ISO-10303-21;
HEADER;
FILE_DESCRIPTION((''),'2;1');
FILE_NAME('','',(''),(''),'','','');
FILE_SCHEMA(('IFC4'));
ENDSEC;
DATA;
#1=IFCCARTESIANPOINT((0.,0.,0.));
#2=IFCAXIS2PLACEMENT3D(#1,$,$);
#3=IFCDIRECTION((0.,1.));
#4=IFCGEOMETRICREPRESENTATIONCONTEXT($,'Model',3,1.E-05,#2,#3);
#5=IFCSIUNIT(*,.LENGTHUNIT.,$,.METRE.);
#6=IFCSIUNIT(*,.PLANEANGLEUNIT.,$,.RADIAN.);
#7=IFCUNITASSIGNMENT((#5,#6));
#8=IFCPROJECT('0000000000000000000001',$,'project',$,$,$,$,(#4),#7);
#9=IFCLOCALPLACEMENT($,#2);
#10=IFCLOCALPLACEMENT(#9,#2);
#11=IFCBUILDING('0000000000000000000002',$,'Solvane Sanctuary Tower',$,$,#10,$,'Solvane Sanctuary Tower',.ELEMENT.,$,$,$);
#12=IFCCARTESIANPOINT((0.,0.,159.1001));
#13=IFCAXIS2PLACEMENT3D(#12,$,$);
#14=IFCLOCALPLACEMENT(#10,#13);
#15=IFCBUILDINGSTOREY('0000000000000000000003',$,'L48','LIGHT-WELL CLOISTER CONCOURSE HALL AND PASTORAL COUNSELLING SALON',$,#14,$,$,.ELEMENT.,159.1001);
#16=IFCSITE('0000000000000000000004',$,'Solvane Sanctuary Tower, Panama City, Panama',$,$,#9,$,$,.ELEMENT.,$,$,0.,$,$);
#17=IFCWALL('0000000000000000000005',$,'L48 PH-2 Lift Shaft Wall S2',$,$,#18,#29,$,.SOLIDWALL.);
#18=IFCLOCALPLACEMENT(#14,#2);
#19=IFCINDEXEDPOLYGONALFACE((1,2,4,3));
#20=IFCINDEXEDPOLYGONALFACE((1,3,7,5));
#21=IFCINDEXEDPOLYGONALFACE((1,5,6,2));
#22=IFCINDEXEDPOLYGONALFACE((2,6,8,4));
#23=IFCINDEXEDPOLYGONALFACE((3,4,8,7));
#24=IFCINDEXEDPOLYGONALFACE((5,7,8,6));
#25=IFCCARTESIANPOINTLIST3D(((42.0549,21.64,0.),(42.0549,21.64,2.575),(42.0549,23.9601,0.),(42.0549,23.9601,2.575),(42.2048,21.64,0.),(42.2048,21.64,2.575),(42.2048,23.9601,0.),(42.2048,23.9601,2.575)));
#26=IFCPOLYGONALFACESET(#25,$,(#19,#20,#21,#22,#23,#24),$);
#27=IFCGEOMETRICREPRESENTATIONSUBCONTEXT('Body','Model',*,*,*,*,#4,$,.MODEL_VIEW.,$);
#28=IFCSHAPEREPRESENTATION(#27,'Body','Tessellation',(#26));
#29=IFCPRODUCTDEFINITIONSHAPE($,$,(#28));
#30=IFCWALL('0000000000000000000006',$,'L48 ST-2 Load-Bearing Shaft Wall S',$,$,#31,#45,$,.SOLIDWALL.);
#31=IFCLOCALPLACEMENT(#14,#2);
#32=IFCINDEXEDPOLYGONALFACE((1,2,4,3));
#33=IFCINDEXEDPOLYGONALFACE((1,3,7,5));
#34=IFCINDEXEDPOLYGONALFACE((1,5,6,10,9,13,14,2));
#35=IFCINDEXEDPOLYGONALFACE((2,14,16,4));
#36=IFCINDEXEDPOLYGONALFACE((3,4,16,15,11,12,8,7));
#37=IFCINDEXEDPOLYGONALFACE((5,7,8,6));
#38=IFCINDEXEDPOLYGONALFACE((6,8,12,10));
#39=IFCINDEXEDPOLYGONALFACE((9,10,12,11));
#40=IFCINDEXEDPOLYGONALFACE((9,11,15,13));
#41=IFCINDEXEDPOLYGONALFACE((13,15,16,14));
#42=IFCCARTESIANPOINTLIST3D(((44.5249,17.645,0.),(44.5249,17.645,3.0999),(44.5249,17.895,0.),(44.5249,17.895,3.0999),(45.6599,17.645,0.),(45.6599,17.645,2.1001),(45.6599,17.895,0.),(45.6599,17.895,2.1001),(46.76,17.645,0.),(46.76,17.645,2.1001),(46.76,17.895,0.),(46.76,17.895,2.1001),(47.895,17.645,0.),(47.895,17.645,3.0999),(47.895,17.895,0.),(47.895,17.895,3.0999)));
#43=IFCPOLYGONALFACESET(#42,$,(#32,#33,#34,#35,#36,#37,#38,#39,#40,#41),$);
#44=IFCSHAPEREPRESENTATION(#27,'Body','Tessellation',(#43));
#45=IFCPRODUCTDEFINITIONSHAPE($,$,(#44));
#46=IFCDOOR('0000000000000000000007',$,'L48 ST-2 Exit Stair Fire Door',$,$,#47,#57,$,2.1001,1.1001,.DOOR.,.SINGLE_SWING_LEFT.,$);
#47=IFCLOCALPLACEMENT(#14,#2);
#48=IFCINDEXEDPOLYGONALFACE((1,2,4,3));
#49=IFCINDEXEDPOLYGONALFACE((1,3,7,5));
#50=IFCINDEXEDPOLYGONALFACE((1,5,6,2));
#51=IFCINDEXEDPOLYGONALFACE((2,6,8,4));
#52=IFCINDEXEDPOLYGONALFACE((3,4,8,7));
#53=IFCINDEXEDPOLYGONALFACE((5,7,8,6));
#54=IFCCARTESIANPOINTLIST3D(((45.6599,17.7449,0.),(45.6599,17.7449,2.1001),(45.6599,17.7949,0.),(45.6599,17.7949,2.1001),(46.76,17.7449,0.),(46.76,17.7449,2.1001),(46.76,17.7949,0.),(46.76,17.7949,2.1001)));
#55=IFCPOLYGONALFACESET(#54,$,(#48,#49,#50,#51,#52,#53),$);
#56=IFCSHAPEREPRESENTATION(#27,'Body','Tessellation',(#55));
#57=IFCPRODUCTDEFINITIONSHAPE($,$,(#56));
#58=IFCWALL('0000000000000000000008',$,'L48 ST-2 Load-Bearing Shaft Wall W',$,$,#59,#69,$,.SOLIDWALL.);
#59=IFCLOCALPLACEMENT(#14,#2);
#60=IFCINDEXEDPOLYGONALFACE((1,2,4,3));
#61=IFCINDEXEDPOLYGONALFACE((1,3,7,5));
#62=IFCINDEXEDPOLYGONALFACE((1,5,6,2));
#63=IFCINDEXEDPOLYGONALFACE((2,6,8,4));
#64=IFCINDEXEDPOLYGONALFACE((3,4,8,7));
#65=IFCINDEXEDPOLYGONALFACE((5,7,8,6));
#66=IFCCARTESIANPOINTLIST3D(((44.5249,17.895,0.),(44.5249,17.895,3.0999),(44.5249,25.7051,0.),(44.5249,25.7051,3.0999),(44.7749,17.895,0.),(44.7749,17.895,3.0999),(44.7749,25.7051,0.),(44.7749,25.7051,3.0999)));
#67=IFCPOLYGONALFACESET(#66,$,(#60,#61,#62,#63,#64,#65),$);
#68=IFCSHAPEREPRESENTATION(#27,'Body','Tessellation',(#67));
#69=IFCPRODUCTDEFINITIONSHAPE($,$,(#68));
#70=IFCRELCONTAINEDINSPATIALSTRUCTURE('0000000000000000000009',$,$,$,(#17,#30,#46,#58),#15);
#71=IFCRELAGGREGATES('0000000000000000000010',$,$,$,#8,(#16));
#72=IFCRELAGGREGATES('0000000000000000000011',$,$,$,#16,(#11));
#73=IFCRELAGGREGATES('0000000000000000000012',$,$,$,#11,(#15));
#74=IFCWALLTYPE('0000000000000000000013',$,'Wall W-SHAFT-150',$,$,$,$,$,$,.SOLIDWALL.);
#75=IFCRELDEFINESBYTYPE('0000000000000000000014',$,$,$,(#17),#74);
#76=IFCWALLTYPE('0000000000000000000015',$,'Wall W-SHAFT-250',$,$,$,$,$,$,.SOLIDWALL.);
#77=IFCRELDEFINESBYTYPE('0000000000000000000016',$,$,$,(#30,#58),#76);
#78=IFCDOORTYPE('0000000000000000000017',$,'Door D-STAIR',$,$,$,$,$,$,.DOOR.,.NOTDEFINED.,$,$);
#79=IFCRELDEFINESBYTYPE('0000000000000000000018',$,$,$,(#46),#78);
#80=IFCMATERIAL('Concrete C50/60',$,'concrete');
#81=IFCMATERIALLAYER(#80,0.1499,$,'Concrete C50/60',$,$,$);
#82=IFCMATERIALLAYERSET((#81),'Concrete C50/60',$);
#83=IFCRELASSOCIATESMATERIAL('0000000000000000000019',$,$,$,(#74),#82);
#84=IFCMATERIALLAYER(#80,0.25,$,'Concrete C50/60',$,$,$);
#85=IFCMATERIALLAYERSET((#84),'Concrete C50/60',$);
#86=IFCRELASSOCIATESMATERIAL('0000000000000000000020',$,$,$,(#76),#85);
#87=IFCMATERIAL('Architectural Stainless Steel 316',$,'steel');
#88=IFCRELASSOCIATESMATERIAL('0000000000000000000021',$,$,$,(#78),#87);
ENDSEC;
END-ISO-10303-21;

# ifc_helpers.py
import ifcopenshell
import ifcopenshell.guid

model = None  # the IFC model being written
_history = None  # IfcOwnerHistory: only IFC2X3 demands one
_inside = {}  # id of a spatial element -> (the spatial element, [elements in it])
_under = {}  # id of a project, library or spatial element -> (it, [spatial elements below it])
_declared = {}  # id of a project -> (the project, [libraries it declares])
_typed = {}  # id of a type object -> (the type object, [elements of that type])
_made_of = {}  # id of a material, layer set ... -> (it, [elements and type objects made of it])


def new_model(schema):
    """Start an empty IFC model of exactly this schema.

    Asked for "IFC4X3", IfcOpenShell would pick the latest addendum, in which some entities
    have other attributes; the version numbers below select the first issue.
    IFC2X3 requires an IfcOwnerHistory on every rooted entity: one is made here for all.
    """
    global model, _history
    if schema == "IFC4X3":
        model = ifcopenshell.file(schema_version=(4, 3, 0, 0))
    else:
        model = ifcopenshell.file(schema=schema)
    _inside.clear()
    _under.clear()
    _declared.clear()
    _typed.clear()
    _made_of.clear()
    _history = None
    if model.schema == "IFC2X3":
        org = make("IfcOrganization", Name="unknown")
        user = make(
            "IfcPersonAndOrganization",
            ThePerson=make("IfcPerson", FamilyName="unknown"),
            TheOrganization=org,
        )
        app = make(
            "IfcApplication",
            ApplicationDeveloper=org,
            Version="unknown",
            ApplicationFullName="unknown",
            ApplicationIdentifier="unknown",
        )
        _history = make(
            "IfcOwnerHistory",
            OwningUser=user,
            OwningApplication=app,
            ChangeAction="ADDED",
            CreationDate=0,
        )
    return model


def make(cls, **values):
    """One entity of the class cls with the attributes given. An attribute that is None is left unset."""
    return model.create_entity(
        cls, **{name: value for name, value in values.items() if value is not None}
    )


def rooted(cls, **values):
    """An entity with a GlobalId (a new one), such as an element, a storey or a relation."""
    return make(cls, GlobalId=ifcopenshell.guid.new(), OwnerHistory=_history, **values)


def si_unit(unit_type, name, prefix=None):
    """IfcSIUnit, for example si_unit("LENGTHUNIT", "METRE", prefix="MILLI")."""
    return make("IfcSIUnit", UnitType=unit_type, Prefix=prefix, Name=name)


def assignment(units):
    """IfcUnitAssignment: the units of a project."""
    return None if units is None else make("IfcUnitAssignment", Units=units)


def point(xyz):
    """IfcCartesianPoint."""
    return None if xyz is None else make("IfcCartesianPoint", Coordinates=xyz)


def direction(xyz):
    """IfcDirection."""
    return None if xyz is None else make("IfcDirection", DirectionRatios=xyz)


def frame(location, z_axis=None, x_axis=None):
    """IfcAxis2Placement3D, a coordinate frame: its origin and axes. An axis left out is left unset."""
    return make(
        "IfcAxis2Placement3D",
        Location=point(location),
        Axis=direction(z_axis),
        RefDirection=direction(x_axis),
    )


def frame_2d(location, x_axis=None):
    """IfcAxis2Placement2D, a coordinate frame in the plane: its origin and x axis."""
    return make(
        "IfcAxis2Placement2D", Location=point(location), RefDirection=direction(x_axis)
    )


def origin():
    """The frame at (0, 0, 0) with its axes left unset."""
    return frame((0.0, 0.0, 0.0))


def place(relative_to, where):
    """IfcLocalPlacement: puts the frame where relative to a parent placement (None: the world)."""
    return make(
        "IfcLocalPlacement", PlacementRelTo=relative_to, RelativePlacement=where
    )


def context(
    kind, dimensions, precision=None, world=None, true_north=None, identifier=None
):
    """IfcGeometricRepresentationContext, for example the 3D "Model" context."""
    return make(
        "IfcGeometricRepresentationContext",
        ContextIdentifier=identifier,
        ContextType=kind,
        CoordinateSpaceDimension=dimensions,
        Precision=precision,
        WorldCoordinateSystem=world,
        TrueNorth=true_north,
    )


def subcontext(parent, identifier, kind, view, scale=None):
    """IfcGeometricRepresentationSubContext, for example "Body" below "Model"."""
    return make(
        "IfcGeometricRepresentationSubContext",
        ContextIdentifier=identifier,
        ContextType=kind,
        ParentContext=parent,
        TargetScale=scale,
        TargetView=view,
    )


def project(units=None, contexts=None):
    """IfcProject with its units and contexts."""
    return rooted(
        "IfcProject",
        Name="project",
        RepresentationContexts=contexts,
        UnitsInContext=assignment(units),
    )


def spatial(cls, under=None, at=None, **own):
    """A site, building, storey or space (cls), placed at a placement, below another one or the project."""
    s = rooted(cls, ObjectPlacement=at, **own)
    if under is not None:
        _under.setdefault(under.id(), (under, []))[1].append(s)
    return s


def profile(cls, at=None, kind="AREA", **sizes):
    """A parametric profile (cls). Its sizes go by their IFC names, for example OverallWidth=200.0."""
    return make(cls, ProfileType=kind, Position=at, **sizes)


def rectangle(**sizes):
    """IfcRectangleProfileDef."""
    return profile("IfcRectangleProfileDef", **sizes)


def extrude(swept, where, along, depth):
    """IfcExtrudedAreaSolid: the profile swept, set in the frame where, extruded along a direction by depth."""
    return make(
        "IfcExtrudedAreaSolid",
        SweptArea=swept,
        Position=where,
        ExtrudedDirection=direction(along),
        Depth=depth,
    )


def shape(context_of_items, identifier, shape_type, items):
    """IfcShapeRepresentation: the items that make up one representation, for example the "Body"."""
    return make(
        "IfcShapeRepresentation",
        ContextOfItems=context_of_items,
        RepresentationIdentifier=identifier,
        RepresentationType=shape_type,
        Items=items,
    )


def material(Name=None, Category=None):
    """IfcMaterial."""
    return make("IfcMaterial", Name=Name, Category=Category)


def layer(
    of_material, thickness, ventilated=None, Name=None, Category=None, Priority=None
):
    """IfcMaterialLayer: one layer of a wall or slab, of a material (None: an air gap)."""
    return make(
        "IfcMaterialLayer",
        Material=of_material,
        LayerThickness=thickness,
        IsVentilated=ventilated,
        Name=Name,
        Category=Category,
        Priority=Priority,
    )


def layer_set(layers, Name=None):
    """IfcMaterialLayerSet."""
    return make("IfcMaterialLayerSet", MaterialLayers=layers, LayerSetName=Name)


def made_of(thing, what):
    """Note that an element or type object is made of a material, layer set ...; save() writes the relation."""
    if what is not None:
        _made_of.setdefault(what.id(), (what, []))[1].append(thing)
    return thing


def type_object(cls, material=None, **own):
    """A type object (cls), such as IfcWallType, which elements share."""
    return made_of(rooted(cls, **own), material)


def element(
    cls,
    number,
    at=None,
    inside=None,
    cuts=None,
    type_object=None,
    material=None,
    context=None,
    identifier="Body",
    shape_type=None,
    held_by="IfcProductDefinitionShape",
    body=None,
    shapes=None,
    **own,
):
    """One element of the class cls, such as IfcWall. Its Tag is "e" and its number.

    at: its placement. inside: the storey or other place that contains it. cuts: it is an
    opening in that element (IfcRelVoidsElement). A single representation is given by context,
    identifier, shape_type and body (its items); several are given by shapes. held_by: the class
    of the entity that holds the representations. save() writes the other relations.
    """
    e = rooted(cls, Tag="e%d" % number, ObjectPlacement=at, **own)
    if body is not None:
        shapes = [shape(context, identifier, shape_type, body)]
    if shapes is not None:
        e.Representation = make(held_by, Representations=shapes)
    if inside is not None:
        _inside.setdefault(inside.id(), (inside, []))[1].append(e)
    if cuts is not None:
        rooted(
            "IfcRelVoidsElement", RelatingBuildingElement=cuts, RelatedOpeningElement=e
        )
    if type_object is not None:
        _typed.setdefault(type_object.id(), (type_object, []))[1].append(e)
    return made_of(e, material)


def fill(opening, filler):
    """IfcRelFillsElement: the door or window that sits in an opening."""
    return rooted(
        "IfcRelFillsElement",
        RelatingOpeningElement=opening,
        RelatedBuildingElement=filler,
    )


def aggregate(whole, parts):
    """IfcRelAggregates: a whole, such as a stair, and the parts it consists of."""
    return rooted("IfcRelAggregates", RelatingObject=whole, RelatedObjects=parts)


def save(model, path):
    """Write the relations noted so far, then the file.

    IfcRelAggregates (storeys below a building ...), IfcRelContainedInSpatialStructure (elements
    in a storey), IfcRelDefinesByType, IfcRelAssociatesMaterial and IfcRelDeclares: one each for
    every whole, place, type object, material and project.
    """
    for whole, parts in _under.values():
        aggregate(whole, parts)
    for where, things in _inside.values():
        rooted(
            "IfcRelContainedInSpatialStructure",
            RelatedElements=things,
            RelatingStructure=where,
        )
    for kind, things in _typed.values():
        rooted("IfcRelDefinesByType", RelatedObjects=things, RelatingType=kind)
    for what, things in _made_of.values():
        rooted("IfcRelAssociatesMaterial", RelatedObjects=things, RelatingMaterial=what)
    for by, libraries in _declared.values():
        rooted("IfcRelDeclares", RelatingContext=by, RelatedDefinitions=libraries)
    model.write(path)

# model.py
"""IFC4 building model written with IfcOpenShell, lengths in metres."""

from ifc_helpers import new_model, si_unit, direction, frame, frame_2d, origin, place, context, subcontext, project, spatial, rectangle, extrude, material, layer, layer_set, type_object, element, fill, save


model = new_model("IFC4")

# Units and contexts
model_context = context("Model", 3, precision=1e-05, world=origin(), true_north=direction((0.0, 1.0)))
body_context = subcontext(model_context, "Body", "Model", "MODEL_VIEW")
ifc_project = project(units=[si_unit("LENGTHUNIT", "METRE"), si_unit("PLANEANGLEUNIT", "RADIAN")], contexts=[model_context])

# Site, building, storey
site_placement = place(None, origin())
site = spatial("IfcSite", under=ifc_project, at=site_placement, Name="Solvane Sanctuary Tower, Panama City, Panama", CompositionType="ELEMENT", RefElevation=0.0)
building_placement = place(site_placement, origin())
building = spatial("IfcBuilding", under=site, at=building_placement, Name="Solvane Sanctuary Tower", LongName="Solvane Sanctuary Tower", CompositionType="ELEMENT")
storey_placement = place(building_placement, frame((0.0, 0.0, 159.1001)))
storey = spatial("IfcBuildingStorey", under=building, at=storey_placement, Name="L48", Description="LIGHT-WELL CLOISTER CONCOURSE HALL AND PASTORAL COUNSELLING SALON", CompositionType="ELEMENT", Elevation=159.1001)

# Shared definitions
ifc_material_1 = material(Name="Architectural Stainless Steel 316", Category="steel")

# Shared definitions
ifc_material_2 = material(Name="Concrete C50/60", Category="concrete")
ifc_layer_1 = layer(ifc_material_2, 0.1499, Name="Concrete C50/60")
ifc_layer_set_1 = layer_set([ifc_layer_1], Name="Concrete C50/60")
wall_type_1 = type_object("IfcWallType", Name="Wall W-SHAFT-150", PredefinedType="SOLIDWALL", material=ifc_layer_set_1)

# Wall
wall_1_placement = place(storey_placement, frame((42.1299, 21.6399, 0.0), z_axis=(0.0, 0.0, 1.0), x_axis=(0.0, 1.0, 0.0)))
element("IfcWall", 1, at=wall_1_placement, inside=storey, type_object=wall_type_1, Name="L48 PH-2 Lift Shaft Wall S2", PredefinedType="SOLIDWALL", context=body_context, shape_type="SweptSolid", body=[
    extrude(rectangle(XDim=2.3201, YDim=0.1499, at=frame_2d((1.1602, 0.0))), origin(), (0.0, 0.0, 1.0), 2.575),
])

# Wall, opening, door
ifc_layer_2 = layer(ifc_material_2, 0.25, Name="Concrete C50/60")
ifc_layer_set_2 = layer_set([ifc_layer_2], Name="Concrete C50/60")
wall_type_2 = type_object("IfcWallType", Name="Wall W-SHAFT-250", PredefinedType="SOLIDWALL", material=ifc_layer_set_2)
wall_2_placement = place(storey_placement, frame((44.5249, 17.77, 0.0), z_axis=(0.0, 0.0, 1.0), x_axis=(1.0, 0.0, 0.0)))
wall_2 = element("IfcWall", 2, at=wall_2_placement, inside=storey, type_object=wall_type_2, Name="L48 ST-2 Load-Bearing Shaft Wall S", PredefinedType="SOLIDWALL", context=body_context, shape_type="SweptSolid", body=[
    extrude(rectangle(XDim=3.3701, YDim=0.25, at=frame_2d((1.6851, 0.0))), origin(), (0.0, 0.0, 1.0), 3.0999),
])
opening_1_placement = place(wall_2_placement, frame((1.135, 0.0, 0.0)))
opening_1 = element("IfcOpeningElement", 3, at=opening_1_placement, cuts=wall_2, PredefinedType="OPENING", context=body_context, shape_type="SweptSolid", body=[
    extrude(rectangle(XDim=1.1001, YDim=2.1001, at=frame_2d((0.55, 1.05))), frame((0.0, 0.135, 0.0), z_axis=(0.0, -1.0, 0.0), x_axis=(1.0, 0.0, 0.0)), (0.0, 0.0, 1.0), 0.27),
])
door_type_1 = type_object("IfcDoorType", Name="Door D-STAIR", OperationType="NOTDEFINED", PredefinedType="DOOR", material=ifc_material_1)
door_1_placement = place(opening_1_placement, origin())
door_1 = element("IfcDoor", 4, at=door_1_placement, inside=storey, type_object=door_type_1, Name="L48 ST-2 Exit Stair Fire Door", OperationType="SINGLE_SWING_LEFT", OverallHeight=2.1001, OverallWidth=1.1001, PredefinedType="DOOR", context=body_context, shape_type="SweptSolid", body=[
    extrude(rectangle(XDim=1.1001, YDim=2.1001, at=frame_2d((0.55, 1.05))), frame((0.0, 0.0249, 0.0), z_axis=(0.0, -1.0, 0.0), x_axis=(1.0, 0.0, 0.0)), (0.0, 0.0, 1.0), 0.05),
])
fill(opening_1, door_1)

# Wall
wall_3_placement = place(storey_placement, frame((44.6499, 17.895, 0.0), z_axis=(0.0, 0.0, 1.0), x_axis=(0.0, 1.0, 0.0)))
element("IfcWall", 5, at=wall_3_placement, inside=storey, type_object=wall_type_2, Name="L48 ST-2 Load-Bearing Shaft Wall W", PredefinedType="SOLIDWALL", context=body_context, shape_type="SweptSolid", body=[
    extrude(rectangle(XDim=7.8101, YDim=0.25, at=frame_2d((3.905, 0.0))), origin(), (0.0, 0.0, 1.0), 3.0999),
])

save(model, "model.ifc")
